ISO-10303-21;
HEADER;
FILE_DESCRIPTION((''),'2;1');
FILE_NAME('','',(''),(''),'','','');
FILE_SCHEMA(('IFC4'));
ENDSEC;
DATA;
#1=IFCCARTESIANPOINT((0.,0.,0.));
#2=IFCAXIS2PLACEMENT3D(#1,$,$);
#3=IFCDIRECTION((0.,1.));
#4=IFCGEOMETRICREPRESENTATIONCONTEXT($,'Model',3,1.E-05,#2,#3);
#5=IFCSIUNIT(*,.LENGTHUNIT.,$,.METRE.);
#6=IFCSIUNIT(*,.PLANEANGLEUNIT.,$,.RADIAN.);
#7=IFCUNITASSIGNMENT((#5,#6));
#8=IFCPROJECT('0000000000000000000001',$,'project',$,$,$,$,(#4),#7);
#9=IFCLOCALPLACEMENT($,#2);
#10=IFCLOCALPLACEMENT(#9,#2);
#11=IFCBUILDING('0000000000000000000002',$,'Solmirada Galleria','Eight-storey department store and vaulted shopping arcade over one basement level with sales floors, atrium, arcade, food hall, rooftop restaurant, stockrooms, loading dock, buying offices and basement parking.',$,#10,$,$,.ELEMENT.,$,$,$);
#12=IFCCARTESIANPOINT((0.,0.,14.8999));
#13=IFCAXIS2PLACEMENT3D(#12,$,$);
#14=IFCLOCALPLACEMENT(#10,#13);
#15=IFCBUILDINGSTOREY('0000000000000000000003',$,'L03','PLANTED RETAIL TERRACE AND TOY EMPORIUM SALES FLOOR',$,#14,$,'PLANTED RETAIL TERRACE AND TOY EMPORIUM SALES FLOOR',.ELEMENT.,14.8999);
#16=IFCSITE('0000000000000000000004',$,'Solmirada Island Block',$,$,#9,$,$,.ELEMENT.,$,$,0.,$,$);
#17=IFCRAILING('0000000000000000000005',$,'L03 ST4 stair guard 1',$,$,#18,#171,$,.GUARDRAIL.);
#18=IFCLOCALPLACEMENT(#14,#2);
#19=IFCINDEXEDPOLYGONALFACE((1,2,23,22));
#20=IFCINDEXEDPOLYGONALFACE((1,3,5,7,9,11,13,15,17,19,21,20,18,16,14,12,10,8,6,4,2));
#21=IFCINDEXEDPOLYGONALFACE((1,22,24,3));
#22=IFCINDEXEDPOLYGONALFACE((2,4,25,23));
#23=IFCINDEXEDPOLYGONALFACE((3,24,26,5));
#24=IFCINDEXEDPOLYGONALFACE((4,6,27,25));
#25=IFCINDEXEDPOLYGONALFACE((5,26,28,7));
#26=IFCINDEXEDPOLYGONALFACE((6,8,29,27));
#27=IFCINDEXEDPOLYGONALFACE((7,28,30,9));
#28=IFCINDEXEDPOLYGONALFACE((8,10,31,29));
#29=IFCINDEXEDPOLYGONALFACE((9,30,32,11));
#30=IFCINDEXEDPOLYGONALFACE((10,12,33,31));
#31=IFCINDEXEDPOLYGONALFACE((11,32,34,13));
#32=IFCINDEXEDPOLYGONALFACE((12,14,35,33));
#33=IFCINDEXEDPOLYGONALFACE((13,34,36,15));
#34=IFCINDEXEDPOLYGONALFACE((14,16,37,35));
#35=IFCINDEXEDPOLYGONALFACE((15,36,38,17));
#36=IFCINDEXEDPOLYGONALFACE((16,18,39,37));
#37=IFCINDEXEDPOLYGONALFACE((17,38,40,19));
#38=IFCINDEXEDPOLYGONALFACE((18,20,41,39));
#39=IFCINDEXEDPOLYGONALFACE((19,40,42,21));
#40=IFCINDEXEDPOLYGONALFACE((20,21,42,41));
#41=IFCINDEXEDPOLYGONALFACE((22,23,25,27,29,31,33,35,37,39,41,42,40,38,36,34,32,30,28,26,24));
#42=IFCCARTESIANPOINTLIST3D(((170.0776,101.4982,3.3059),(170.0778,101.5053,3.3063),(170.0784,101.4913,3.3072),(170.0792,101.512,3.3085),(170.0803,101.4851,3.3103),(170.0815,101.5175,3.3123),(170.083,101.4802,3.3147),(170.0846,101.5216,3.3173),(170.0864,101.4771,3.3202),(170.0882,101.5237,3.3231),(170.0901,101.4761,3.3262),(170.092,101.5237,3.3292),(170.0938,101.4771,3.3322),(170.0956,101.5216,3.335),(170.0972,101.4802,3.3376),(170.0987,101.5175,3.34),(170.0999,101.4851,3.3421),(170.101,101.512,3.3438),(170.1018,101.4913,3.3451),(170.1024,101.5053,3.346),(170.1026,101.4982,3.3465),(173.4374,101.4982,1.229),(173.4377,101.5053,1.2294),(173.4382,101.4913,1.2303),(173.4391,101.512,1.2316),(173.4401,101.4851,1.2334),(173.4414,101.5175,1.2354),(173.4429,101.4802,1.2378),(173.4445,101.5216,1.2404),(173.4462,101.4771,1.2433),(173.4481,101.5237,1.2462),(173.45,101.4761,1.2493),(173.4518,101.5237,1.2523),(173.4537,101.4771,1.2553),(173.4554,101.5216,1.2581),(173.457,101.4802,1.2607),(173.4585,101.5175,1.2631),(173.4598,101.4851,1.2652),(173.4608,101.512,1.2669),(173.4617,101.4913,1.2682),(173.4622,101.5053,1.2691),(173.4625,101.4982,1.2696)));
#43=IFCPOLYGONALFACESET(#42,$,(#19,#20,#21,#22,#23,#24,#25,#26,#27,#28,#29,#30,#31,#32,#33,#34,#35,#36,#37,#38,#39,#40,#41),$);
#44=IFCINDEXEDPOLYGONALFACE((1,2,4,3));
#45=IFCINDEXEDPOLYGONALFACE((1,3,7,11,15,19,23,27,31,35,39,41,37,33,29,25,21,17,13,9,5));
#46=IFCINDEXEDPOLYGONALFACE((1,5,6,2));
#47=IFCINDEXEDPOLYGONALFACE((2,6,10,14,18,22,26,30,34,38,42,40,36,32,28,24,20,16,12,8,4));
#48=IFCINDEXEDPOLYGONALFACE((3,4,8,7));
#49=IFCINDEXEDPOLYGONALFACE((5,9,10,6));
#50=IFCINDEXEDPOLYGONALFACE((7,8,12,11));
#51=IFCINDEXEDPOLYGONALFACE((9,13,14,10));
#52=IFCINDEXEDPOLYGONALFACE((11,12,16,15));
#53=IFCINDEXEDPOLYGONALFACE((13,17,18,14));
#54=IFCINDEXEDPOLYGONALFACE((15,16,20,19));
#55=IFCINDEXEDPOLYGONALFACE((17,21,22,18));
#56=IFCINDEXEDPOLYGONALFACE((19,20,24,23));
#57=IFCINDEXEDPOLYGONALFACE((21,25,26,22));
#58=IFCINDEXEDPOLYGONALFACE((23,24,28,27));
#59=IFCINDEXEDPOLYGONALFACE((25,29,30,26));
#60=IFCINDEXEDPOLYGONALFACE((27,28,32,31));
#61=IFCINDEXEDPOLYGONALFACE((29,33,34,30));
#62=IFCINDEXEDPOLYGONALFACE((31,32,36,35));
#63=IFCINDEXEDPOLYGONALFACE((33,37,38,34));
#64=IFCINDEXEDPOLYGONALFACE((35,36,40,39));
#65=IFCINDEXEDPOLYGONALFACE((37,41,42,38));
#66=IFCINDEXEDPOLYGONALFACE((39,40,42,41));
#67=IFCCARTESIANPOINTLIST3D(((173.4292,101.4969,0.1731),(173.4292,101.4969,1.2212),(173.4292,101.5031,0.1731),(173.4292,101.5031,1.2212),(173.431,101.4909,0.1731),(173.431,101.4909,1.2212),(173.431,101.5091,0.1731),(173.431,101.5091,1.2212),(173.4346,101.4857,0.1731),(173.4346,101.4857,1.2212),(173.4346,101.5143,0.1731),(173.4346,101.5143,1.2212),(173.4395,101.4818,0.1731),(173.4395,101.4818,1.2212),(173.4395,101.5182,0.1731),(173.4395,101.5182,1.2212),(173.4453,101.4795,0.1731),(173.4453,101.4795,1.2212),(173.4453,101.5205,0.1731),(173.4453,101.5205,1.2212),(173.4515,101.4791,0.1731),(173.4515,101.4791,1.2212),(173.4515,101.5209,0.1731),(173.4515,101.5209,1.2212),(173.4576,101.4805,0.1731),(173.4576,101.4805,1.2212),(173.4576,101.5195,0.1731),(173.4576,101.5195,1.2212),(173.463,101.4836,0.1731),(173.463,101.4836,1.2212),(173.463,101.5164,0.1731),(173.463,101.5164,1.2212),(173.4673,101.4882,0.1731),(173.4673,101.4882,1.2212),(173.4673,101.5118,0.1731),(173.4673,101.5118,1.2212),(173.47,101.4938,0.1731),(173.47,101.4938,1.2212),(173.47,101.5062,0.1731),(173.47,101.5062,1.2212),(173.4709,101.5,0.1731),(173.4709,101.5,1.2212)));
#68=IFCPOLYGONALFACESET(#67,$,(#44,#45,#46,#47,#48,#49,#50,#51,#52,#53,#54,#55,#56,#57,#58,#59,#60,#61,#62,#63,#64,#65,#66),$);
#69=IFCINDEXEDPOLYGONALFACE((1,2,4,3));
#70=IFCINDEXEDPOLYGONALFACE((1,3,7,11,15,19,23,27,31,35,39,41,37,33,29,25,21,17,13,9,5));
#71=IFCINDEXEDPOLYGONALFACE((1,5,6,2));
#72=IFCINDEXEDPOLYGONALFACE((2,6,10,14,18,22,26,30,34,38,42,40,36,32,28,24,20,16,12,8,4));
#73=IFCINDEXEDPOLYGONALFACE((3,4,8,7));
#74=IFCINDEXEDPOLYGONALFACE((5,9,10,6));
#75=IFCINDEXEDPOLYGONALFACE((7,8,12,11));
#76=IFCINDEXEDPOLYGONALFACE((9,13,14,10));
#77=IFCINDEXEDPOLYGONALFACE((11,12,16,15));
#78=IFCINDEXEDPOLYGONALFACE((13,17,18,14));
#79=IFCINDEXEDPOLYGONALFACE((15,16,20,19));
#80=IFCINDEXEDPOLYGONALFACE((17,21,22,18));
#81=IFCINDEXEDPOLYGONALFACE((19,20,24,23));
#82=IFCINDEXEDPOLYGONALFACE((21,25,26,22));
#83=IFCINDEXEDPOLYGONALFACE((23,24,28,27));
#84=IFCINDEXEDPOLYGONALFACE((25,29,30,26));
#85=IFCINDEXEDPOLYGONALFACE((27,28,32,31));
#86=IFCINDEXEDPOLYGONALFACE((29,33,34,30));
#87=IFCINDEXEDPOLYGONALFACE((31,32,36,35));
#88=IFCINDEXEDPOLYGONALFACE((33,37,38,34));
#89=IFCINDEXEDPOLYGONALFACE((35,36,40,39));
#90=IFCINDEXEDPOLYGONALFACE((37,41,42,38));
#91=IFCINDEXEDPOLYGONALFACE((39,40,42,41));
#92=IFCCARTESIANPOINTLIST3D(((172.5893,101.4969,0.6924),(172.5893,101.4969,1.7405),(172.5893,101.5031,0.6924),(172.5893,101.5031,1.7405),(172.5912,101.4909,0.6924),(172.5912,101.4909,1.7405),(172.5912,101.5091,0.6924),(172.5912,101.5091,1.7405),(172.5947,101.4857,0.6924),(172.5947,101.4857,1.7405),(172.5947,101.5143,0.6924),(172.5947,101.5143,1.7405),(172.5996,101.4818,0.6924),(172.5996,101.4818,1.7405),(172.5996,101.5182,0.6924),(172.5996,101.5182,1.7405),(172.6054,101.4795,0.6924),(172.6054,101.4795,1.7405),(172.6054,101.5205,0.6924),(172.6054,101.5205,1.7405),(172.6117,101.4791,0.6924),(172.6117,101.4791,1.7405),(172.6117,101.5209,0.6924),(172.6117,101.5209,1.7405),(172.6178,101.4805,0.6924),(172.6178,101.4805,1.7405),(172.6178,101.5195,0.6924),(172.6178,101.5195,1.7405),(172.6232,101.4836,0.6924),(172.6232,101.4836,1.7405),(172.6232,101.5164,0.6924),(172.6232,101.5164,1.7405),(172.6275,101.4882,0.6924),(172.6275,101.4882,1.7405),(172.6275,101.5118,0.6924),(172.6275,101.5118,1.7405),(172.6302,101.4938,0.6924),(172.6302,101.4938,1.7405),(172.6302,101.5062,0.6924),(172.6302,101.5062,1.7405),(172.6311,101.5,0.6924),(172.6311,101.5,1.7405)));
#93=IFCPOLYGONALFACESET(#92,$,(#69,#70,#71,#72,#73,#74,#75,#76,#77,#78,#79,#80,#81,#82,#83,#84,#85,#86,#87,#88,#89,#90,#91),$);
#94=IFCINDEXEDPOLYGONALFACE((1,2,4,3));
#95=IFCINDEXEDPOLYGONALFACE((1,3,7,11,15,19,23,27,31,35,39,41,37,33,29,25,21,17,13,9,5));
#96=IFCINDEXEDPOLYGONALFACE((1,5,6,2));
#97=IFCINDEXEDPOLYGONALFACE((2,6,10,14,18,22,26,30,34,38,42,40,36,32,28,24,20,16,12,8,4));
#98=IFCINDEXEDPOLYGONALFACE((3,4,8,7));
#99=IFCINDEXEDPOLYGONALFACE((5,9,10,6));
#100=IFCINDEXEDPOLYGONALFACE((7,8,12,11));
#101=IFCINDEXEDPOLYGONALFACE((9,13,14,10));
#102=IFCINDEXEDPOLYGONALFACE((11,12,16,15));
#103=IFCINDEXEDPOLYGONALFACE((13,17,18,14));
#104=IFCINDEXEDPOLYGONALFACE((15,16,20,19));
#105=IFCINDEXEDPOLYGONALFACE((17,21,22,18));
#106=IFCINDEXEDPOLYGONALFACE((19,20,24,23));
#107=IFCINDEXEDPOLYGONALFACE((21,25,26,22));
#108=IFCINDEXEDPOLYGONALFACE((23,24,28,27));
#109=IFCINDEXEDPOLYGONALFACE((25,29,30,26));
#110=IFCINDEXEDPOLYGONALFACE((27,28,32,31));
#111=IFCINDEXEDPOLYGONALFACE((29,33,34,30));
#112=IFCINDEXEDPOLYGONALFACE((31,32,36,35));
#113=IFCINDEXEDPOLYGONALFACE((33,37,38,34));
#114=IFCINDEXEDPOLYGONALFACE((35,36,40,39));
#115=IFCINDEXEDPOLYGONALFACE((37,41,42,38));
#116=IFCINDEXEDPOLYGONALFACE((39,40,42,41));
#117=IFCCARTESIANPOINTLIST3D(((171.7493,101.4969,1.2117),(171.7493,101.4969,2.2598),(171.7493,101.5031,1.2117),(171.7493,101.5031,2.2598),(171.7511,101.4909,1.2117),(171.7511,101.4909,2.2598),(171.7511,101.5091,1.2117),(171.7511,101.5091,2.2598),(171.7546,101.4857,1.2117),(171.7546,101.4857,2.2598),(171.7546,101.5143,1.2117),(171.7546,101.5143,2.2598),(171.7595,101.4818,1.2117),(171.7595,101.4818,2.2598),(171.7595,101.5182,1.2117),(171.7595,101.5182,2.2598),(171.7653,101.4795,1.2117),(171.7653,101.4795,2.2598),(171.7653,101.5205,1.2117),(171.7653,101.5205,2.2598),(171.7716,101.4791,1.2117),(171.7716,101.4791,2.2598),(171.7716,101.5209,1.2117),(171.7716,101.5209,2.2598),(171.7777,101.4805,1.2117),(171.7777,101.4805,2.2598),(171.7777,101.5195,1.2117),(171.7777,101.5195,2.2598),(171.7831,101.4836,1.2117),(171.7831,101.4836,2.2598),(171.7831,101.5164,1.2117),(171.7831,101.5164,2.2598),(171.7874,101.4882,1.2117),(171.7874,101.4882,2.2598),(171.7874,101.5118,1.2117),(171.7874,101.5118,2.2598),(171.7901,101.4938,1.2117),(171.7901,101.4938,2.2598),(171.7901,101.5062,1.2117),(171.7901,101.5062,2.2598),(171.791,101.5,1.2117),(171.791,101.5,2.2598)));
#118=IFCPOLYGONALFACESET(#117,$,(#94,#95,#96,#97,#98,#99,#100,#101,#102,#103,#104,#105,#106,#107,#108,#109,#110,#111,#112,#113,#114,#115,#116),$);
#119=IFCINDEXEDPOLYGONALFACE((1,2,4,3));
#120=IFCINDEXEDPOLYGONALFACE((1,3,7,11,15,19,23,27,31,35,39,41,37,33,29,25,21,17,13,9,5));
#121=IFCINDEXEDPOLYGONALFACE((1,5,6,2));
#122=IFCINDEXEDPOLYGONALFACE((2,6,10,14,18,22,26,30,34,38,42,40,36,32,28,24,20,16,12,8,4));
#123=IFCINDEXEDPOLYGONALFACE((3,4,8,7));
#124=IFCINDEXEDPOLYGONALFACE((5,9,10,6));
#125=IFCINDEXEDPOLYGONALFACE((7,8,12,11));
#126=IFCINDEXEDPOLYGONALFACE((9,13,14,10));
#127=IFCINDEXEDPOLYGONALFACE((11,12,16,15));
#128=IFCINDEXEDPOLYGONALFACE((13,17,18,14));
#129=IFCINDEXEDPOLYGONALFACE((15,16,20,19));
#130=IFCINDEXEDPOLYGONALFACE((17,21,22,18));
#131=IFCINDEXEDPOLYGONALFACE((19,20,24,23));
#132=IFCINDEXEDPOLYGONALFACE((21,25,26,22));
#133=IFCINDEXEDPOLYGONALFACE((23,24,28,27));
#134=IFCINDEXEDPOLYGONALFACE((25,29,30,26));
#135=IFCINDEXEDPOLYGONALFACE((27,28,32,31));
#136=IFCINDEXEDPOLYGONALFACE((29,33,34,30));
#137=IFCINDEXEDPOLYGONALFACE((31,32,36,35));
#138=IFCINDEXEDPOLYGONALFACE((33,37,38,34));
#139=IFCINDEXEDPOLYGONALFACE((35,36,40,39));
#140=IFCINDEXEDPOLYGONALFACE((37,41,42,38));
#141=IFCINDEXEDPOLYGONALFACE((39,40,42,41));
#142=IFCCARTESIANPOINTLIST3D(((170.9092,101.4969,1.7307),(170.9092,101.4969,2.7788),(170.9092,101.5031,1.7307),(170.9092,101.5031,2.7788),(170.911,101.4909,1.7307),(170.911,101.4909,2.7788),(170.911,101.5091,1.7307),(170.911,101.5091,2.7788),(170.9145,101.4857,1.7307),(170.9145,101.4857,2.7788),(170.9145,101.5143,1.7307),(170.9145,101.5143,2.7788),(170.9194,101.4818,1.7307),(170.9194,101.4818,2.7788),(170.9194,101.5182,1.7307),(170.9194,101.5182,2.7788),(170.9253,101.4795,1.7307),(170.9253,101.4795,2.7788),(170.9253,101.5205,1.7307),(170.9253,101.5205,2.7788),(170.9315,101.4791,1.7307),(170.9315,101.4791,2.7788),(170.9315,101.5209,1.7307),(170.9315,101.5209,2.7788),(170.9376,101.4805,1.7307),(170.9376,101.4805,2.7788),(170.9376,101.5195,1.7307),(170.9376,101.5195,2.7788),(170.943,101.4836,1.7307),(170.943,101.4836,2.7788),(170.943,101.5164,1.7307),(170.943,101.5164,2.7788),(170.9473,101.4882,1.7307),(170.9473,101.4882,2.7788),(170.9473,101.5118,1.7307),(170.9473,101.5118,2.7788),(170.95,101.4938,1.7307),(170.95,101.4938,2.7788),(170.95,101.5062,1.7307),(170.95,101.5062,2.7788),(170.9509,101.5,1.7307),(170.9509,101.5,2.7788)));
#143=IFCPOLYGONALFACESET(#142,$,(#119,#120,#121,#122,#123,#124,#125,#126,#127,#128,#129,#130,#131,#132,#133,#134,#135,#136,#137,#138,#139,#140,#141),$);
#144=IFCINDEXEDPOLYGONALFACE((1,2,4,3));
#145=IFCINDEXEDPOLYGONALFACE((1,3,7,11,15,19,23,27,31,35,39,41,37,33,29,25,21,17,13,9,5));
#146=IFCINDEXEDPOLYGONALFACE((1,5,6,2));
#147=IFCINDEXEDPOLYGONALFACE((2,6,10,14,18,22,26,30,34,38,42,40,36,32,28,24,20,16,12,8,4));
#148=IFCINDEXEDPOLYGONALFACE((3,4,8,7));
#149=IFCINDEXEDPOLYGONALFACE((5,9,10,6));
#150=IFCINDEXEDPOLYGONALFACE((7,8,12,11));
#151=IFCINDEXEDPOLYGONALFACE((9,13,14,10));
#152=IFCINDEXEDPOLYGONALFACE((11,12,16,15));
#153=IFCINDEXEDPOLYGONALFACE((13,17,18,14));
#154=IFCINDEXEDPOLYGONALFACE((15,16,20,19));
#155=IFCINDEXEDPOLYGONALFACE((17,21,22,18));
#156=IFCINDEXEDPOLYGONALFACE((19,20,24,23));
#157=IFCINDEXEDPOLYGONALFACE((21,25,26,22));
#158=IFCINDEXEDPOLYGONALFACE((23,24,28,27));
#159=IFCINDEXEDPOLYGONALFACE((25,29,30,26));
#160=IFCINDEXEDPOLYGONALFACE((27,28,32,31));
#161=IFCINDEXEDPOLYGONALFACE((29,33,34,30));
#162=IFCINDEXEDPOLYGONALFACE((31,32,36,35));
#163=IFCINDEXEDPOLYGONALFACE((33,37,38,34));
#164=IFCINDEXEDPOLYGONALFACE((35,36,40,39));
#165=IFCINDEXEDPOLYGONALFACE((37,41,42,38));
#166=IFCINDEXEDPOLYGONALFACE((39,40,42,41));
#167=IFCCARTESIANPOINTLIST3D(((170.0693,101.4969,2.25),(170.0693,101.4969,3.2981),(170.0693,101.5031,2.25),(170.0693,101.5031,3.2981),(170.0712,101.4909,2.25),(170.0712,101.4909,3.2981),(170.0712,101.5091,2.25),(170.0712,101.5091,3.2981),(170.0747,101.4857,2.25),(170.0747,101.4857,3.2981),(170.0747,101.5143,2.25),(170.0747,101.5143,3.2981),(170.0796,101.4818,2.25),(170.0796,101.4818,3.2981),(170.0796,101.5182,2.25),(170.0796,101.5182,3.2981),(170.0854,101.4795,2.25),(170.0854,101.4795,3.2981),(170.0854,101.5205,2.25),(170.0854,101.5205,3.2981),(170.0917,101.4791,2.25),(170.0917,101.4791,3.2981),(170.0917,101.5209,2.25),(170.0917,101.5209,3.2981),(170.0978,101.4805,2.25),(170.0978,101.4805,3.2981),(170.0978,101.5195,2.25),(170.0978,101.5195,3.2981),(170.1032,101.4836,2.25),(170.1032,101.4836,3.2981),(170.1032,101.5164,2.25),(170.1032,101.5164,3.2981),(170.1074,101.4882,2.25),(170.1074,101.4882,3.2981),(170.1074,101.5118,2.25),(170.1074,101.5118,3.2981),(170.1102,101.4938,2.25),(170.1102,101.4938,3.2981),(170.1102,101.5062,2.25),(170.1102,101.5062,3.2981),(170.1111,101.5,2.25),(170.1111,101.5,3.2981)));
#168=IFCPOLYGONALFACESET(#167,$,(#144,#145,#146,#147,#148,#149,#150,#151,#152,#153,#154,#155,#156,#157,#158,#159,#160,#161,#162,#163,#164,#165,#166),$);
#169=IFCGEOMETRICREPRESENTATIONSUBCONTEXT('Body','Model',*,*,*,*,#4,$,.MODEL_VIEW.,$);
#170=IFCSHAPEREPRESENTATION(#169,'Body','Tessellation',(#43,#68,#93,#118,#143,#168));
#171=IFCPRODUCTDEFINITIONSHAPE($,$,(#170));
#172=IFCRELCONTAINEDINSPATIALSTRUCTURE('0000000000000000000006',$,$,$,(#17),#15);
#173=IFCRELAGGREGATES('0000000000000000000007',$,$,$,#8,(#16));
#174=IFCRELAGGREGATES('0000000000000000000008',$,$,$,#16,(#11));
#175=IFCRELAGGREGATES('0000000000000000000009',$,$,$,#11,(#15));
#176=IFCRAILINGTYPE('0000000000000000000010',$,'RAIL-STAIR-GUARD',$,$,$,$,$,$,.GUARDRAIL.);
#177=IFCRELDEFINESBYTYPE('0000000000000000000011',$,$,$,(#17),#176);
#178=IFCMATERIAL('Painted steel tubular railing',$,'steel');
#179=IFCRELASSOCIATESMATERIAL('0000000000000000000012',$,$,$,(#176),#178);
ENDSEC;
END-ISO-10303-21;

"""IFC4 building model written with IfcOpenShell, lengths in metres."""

from ifc_helpers import new_model, si_unit, direction, frame, origin, origin_2d, place, context, subcontext, project, spatial, circle, extrude, material, type_object, element, save


model = new_model("IFC4")

# Units and contexts
model_context = context("Model", 3, precision=1e-05, world=origin(), true_north=direction((0.0, 1.0)))
body_context = subcontext(model_context, "Body", "Model", "MODEL_VIEW")
ifc_project = project(units=[si_unit("LENGTHUNIT", "METRE"), si_unit("PLANEANGLEUNIT", "RADIAN")], contexts=[model_context])

# Site, building, storey
site_placement = place(None, origin())
site = spatial("IfcSite", under=ifc_project, at=site_placement, Name="Solmirada Island Block", CompositionType="ELEMENT", RefElevation=0.0)
building_placement = place(site_placement, origin())
building = spatial("IfcBuilding", under=site, at=building_placement, Name="Solmirada Galleria", Description="Eight-storey department store and vaulted shopping arcade over one basement level with sales floors, atrium, arcade, food hall, rooftop restaurant, stockrooms, loading dock, buying offices and basement parking.", CompositionType="ELEMENT")
storey_placement = place(building_placement, frame((0.0, 0.0, 14.8999)))
storey = spatial("IfcBuildingStorey", under=building, at=storey_placement, Name="L03", Description="PLANTED RETAIL TERRACE AND TOY EMPORIUM SALES FLOOR", LongName="PLANTED RETAIL TERRACE AND TOY EMPORIUM SALES FLOOR", CompositionType="ELEMENT", Elevation=14.8999)

# Railing
ifc_material_1 = material(Name="Painted steel tubular railing", Category="steel")
railing_type_1 = type_object("IfcRailingType", Name="RAIL-STAIR-GUARD", PredefinedType="GUARDRAIL", material=ifc_material_1)
railing_1_placement = place(storey_placement, frame((173.45, 101.5, 0.1731)))
element("IfcRailing", 1, at=railing_1_placement, inside=storey, type_object=railing_type_1, Name="L03 ST4 stair guard 1", PredefinedType="GUARDRAIL", context=body_context, shape_type="SweptSolid", body=[
    extrude(circle(Radius=0.0239, at=origin_2d()), frame((0.0, 0.0, 1.0762), z_axis=(-0.850606, 0.0, 0.525803), x_axis=(0.0, -1.0, 0.0)), (0.0, 0.0, 1.0), 3.95),
    extrude(circle(Radius=0.021, at=origin_2d()), origin(), (0.0, 0.0, 1.0), 1.0481),
    extrude(circle(Radius=0.021, at=origin_2d()), frame((-0.8398, 0.0, 0.5193)), (0.0, 0.0, 1.0), 1.0481),
    extrude(circle(Radius=0.021, at=origin_2d()), frame((-1.6799, 0.0, 1.0386)), (0.0, 0.0, 1.0), 1.0481),
    extrude(circle(Radius=0.021, at=origin_2d()), frame((-2.52, 0.0, 1.5576)), (0.0, 0.0, 1.0), 1.0481),
    extrude(circle(Radius=0.021, at=origin_2d()), frame((-3.3599, 0.0, 2.0769)), (0.0, 0.0, 1.0), 1.0481),
])

save(model, "model.ifc")
